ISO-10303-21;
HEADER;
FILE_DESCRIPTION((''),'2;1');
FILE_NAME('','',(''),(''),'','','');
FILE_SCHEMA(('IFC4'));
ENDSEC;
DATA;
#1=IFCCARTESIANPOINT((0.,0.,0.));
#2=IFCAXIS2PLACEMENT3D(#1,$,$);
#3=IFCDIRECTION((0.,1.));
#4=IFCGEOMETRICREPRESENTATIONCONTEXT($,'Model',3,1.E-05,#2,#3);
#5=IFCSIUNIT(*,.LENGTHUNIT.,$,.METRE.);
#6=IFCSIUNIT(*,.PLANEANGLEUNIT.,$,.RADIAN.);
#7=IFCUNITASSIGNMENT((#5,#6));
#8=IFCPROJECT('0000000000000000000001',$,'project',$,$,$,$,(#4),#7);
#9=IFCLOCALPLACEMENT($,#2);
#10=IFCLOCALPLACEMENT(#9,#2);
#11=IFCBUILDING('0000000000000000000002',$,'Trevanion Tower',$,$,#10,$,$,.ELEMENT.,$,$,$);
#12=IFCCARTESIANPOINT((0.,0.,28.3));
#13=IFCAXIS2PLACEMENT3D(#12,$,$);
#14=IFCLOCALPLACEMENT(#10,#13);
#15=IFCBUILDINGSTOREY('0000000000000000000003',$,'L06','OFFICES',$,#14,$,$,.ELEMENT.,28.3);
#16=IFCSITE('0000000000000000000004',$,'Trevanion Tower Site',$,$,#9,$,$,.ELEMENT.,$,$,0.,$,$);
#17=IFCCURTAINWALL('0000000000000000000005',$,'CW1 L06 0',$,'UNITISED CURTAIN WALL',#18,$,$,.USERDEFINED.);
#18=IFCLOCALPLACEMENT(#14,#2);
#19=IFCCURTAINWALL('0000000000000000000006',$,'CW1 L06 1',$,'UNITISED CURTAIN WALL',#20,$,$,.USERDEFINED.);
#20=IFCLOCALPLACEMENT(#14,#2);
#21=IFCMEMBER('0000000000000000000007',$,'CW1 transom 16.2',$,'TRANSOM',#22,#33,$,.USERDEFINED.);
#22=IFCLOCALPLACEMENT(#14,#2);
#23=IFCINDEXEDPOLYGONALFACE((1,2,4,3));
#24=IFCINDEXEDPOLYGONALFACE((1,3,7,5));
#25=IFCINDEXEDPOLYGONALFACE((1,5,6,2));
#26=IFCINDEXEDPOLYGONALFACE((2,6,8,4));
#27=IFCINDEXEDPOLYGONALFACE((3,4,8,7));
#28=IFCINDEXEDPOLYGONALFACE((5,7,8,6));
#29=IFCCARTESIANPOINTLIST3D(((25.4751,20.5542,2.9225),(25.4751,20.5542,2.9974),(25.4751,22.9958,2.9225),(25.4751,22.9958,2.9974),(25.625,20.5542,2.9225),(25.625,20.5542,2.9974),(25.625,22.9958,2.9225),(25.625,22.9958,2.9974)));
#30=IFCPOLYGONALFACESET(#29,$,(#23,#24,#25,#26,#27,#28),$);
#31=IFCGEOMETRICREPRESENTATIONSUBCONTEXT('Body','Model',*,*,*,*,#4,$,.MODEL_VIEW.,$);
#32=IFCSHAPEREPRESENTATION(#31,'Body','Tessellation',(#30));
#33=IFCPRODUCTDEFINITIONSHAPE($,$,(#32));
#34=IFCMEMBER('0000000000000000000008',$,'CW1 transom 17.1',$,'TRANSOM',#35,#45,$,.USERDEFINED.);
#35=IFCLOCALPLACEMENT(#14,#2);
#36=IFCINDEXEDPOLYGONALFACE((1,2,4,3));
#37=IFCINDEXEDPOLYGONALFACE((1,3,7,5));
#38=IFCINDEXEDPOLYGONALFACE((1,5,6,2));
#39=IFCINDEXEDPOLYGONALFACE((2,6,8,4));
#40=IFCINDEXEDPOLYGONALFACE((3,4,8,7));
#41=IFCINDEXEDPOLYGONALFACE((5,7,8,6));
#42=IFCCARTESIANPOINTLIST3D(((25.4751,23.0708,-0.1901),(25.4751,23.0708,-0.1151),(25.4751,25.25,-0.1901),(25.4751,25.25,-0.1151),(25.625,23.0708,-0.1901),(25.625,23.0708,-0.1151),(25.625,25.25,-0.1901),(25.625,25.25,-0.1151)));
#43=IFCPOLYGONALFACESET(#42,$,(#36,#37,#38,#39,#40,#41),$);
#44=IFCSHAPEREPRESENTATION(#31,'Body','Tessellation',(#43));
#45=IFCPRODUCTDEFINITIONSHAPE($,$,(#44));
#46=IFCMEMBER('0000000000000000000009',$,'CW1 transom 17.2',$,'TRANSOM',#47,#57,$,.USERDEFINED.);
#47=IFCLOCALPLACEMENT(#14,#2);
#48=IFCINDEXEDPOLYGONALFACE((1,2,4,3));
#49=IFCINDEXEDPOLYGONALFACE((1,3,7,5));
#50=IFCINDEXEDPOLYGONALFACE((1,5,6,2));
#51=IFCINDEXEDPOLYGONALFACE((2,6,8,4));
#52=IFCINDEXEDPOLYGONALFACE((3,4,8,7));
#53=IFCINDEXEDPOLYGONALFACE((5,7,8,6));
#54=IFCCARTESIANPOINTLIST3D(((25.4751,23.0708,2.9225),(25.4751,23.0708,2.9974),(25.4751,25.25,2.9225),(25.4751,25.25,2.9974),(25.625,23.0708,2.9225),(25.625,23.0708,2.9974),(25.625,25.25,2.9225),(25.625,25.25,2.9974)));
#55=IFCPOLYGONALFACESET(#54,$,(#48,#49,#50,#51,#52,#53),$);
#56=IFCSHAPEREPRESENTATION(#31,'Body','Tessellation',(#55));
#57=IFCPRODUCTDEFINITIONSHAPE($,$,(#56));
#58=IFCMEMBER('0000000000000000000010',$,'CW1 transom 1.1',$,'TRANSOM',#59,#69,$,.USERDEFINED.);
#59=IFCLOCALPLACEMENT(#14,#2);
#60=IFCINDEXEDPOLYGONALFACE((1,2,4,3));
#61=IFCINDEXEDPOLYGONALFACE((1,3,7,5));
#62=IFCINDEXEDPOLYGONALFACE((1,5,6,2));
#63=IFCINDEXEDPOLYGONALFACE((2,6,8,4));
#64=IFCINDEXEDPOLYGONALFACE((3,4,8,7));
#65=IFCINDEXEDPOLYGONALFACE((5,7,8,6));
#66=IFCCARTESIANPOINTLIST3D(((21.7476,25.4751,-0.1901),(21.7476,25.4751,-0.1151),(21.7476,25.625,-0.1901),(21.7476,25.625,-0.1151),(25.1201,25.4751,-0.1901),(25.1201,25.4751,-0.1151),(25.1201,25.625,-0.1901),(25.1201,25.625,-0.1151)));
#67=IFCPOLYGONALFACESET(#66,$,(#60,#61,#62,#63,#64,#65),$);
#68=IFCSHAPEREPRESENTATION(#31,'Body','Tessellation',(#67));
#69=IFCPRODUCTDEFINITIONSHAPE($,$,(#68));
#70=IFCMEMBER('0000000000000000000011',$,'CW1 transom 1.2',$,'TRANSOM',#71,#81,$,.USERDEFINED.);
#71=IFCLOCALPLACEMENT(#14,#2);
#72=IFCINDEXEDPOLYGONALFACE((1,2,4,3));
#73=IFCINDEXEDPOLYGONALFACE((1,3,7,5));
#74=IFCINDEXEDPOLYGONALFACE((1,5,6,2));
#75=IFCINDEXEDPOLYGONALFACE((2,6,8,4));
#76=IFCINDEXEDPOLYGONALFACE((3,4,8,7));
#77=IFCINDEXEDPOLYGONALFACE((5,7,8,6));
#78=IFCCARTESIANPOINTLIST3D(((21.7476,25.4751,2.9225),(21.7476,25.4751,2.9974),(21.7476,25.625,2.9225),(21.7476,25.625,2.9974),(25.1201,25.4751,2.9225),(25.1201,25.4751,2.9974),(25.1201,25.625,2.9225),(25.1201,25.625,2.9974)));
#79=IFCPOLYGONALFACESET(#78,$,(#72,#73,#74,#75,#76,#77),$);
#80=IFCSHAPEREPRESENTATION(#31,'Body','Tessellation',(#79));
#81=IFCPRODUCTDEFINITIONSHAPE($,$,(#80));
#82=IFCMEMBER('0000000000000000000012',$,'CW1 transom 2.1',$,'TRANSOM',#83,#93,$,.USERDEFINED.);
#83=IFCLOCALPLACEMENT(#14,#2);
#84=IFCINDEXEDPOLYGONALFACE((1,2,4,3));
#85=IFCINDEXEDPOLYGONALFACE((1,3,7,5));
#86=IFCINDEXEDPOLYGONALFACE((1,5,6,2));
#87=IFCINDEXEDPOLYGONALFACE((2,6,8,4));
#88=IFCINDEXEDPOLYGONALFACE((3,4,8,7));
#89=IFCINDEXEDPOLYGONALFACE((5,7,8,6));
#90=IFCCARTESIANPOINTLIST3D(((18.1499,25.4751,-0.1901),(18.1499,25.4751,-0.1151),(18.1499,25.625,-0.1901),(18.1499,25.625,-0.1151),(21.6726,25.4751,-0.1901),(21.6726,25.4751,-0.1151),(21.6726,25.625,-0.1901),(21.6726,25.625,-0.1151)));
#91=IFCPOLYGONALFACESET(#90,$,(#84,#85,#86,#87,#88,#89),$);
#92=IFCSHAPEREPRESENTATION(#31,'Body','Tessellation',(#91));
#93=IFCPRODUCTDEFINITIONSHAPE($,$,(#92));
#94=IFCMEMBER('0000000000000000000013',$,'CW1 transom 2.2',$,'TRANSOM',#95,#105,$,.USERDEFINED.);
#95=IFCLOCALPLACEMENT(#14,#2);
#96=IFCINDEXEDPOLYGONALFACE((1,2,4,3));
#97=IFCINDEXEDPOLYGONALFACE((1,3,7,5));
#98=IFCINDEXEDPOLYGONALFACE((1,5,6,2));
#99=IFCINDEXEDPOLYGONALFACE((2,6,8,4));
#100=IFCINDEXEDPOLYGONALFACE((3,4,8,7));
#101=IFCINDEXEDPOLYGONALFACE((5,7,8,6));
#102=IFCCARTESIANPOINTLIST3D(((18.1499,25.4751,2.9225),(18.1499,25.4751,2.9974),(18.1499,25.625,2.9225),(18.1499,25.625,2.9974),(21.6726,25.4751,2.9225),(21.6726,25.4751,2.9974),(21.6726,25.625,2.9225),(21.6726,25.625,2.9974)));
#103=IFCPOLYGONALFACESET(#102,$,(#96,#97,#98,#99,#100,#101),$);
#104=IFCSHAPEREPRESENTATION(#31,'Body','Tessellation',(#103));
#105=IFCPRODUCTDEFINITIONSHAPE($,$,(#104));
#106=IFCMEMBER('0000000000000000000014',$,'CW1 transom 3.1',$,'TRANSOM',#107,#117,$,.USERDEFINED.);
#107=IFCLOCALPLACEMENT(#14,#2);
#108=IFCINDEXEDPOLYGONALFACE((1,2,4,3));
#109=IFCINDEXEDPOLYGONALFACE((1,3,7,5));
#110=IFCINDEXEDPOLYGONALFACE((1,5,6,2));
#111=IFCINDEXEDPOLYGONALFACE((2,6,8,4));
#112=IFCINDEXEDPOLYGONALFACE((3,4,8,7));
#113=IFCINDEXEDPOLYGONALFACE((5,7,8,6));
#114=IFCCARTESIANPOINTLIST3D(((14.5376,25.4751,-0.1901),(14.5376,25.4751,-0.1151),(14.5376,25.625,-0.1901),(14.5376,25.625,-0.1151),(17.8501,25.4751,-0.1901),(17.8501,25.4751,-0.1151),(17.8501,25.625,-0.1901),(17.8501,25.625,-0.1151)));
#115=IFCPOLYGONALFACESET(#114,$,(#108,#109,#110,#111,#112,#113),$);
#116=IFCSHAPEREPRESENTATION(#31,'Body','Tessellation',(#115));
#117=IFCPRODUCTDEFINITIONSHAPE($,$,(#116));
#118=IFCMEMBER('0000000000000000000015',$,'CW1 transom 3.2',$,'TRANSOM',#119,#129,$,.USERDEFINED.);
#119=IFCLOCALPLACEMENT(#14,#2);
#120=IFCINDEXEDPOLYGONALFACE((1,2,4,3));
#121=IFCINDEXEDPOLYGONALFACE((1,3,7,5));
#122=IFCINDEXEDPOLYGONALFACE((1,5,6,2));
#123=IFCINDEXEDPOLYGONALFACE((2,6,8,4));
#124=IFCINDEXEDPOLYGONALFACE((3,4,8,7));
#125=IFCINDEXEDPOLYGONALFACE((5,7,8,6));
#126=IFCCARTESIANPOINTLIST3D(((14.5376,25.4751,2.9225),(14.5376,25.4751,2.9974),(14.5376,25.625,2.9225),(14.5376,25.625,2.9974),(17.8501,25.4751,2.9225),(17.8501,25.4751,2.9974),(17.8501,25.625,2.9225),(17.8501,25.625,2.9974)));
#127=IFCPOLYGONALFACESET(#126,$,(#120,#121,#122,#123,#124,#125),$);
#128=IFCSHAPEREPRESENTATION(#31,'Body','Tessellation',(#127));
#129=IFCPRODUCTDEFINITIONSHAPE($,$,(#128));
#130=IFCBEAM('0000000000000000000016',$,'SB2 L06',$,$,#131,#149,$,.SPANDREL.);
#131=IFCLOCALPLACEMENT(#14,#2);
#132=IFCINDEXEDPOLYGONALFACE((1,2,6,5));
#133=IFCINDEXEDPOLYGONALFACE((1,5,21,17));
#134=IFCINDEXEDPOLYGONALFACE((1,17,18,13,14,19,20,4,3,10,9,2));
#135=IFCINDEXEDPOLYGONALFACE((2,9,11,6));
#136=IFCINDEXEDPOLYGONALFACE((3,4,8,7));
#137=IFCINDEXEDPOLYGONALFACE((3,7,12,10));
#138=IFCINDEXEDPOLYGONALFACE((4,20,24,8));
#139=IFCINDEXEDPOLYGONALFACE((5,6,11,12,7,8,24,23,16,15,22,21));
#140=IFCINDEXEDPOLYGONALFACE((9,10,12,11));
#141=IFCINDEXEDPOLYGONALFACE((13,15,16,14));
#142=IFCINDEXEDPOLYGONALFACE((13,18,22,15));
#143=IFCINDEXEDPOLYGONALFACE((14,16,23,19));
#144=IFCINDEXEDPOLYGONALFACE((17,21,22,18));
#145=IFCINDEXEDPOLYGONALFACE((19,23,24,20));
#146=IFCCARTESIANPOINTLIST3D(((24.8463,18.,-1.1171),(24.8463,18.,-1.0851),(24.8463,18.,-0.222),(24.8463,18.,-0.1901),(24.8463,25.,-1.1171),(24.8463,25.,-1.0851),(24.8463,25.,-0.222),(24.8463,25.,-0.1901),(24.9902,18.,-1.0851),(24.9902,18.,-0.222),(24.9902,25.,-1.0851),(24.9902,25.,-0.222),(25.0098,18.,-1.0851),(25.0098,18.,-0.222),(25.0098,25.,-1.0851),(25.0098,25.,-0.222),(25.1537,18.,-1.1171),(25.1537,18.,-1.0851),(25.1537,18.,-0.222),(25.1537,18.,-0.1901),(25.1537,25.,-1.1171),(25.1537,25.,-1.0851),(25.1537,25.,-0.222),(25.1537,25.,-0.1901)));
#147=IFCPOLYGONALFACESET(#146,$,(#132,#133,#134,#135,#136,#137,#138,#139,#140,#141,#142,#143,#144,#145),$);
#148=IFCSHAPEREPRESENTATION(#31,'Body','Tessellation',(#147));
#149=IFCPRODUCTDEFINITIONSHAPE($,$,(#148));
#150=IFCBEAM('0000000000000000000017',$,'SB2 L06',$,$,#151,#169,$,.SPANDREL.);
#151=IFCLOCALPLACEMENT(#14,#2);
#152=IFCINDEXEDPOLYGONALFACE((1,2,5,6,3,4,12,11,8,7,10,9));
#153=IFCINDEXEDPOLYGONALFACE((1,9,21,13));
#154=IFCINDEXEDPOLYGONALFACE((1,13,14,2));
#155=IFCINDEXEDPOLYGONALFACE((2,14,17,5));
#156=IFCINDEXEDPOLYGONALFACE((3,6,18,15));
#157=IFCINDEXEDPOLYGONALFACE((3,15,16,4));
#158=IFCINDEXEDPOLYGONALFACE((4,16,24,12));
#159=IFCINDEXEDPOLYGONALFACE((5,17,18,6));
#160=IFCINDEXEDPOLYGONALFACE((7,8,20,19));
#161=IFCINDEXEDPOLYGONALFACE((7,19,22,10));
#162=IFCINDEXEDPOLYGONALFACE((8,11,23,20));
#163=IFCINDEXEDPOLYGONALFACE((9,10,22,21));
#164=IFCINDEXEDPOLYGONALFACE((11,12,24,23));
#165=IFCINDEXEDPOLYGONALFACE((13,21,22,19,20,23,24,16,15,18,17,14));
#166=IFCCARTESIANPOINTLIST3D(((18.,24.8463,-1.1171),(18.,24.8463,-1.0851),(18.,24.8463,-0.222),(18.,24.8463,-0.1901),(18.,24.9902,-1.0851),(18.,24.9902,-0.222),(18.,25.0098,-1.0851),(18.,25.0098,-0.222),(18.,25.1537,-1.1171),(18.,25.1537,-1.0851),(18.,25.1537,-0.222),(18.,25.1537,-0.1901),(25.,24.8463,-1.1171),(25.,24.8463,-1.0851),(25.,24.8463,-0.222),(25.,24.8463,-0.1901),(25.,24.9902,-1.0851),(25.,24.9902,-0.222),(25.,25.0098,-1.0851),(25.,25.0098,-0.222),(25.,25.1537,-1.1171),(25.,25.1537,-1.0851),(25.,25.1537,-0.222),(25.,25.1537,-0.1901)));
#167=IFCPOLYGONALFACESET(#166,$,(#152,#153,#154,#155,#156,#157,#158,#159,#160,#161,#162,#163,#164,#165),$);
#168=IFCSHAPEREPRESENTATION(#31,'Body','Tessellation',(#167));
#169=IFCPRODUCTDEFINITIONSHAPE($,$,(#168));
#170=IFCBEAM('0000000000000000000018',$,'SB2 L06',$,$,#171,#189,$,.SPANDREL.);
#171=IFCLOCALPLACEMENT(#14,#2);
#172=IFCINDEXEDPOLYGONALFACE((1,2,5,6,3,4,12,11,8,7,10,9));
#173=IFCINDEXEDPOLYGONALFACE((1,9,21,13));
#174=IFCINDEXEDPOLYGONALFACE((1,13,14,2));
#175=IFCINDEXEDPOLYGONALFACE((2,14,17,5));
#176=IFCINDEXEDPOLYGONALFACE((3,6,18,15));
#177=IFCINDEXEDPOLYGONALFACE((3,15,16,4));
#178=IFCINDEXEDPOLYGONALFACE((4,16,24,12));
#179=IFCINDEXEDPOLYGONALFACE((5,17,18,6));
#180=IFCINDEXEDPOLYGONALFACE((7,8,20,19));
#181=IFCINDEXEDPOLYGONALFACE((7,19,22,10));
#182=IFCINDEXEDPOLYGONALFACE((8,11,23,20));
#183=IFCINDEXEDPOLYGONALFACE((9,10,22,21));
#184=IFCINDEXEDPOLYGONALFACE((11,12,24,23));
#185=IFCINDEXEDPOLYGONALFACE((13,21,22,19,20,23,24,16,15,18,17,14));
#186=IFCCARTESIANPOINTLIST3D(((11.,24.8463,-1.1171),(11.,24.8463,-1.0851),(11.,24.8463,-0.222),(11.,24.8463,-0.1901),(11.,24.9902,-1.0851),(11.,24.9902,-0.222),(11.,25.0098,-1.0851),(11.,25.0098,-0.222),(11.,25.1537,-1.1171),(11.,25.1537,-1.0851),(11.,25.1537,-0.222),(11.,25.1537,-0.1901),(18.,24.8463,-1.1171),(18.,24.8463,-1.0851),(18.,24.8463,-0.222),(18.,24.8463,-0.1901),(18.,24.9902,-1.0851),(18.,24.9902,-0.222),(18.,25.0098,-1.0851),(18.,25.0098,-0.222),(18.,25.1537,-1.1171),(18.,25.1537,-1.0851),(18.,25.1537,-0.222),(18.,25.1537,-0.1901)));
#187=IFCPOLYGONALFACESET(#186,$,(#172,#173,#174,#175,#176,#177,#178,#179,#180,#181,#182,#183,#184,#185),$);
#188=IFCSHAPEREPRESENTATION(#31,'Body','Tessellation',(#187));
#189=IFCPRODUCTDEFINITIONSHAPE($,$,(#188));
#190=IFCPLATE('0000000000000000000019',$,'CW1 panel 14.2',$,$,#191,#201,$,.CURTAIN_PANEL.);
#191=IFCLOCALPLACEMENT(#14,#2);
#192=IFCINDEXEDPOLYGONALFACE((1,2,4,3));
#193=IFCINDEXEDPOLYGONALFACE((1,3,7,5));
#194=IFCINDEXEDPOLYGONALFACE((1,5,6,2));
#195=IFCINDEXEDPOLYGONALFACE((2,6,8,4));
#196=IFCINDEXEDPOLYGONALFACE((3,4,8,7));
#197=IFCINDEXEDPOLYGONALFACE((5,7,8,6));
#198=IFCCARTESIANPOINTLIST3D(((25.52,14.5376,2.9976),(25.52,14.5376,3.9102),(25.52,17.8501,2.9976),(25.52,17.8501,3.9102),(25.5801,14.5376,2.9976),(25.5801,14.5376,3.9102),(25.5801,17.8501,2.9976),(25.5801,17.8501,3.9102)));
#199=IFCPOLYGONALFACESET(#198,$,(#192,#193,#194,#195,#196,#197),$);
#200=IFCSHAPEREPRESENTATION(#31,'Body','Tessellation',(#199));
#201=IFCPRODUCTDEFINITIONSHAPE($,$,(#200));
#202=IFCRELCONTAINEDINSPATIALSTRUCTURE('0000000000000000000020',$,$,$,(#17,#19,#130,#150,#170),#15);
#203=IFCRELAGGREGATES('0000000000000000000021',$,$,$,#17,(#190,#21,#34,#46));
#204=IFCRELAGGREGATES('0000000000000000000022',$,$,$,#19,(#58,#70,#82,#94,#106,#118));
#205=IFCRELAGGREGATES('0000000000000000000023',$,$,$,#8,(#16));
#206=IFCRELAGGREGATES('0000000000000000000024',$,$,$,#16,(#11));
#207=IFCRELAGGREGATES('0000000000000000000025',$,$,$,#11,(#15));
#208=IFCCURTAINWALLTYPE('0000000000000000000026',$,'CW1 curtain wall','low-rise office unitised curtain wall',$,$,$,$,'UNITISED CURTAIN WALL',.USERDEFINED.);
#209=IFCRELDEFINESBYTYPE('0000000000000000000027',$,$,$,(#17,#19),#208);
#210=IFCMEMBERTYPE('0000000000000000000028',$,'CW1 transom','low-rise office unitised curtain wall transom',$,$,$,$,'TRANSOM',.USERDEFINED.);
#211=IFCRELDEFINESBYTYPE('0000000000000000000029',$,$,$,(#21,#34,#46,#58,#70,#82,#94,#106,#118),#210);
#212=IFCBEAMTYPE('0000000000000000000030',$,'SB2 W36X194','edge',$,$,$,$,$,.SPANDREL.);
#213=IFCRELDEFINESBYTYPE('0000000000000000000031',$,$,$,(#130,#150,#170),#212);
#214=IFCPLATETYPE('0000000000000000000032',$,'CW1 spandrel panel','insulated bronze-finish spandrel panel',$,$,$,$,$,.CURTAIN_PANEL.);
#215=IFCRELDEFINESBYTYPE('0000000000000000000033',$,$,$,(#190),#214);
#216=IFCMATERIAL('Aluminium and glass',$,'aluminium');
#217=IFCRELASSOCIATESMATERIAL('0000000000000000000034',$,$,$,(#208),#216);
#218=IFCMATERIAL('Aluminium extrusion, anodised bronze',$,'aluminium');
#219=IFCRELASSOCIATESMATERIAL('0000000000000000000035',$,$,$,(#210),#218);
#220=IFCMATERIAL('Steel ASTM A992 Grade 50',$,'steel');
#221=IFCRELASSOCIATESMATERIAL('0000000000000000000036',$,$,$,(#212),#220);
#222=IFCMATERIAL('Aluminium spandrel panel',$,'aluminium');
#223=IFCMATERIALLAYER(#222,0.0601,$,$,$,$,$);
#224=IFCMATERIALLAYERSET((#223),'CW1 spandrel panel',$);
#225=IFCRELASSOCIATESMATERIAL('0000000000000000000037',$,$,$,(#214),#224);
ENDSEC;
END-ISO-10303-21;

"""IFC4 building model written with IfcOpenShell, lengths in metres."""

from ifc_helpers import new_model, si_unit, direction, frame, origin, origin_2d, place, context, subcontext, project, spatial, rectangle, i_section, extrude, material, layer, layer_set, material_profile, profile_set, type_object, element, aggregate, save


model = new_model("IFC4")

# Units and contexts
model_context = context("Model", 3, precision=1e-05, world=origin(), true_north=direction((0.0, 1.0)))
body_context = subcontext(model_context, "Body", "Model", "MODEL_VIEW")
ifc_project = project(units=[si_unit("LENGTHUNIT", "METRE"), si_unit("PLANEANGLEUNIT", "RADIAN")], contexts=[model_context])

# Site, building, storey
site_placement = place(None, origin())
site = spatial("IfcSite", under=ifc_project, at=site_placement, Name="Trevanion Tower Site", CompositionType="ELEMENT", RefElevation=0.0)
building_placement = place(site_placement, origin())
building = spatial("IfcBuilding", under=site, at=building_placement, Name="Trevanion Tower", CompositionType="ELEMENT")
storey_placement = place(building_placement, frame((0.0, 0.0, 28.3)))
storey = spatial("IfcBuildingStorey", under=building, at=storey_placement, Name="L06", Description="OFFICES", CompositionType="ELEMENT", Elevation=28.3)

# Curtain wall
ifc_material_1 = material(Name="Aluminium and glass", Category="aluminium")
curtain_wall_type = type_object("IfcCurtainWallType", Name="CW1 curtain wall", Description="low-rise office unitised curtain wall", ElementType="UNITISED CURTAIN WALL", PredefinedType="USERDEFINED", material=ifc_material_1)
curtain_wall_1_placement = place(storey_placement, origin())
curtain_wall_1 = element("IfcCurtainWall", 1, at=curtain_wall_1_placement, inside=storey, type_object=curtain_wall_type, Name="CW1 L06 0", ObjectType="UNITISED CURTAIN WALL", PredefinedType="USERDEFINED")

# Curtain wall
curtain_wall_2_placement = place(storey_placement, origin())
curtain_wall_2 = element("IfcCurtainWall", 2, at=curtain_wall_2_placement, inside=storey, type_object=curtain_wall_type, Name="CW1 L06 1", ObjectType="UNITISED CURTAIN WALL", PredefinedType="USERDEFINED")

# Members
ifc_material_2 = material(Name="Aluminium extrusion, anodised bronze", Category="aluminium")
ifc_material_profile_1 = material_profile(ifc_material_2, rectangle(XDim=0.1499, YDim=0.075, at=origin_2d()), Name="CW1 transom")
ifc_profile_set_1 = profile_set([ifc_material_profile_1], Name="Aluminium extrusion, anodised bronze")
member_type_1 = type_object("IfcMemberType", Name="CW1 transom", Description="low-rise office unitised curtain wall transom", ElementType="TRANSOM", PredefinedType="USERDEFINED", material=ifc_profile_set_1)
member_1_placement = place(storey_placement, frame((25.55, 20.5542, 2.96), z_axis=(0.0, 1.0, 0.0), x_axis=(-1.0, 0.0, 0.0)))
member_1 = element("IfcMember", 3, at=member_1_placement, type_object=member_type_1, Name="CW1 transom 16.2", ObjectType="TRANSOM", PredefinedType="USERDEFINED", context=body_context, shape_type="SweptSolid", body=[
    extrude(rectangle(XDim=0.1499, YDim=0.075, at=origin_2d()), origin(), (0.0, 0.0, 1.0), 2.4417),
])
member_2_placement = place(storey_placement, frame((25.55, 23.0708, -0.1526), z_axis=(0.0, 1.0, 0.0), x_axis=(-1.0, 0.0, 0.0)))
member_2 = element("IfcMember", 4, at=member_2_placement, type_object=member_type_1, Name="CW1 transom 17.1", ObjectType="TRANSOM", PredefinedType="USERDEFINED", context=body_context, shape_type="SweptSolid", body=[
    extrude(rectangle(XDim=0.1499, YDim=0.075, at=origin_2d()), origin(), (0.0, 0.0, 1.0), 2.1792),
])
member_3_placement = place(storey_placement, frame((25.55, 23.0708, 2.96), z_axis=(0.0, 1.0, 0.0), x_axis=(-1.0, 0.0, 0.0)))
member_3 = element("IfcMember", 5, at=member_3_placement, type_object=member_type_1, Name="CW1 transom 17.2", ObjectType="TRANSOM", PredefinedType="USERDEFINED", context=body_context, shape_type="SweptSolid", body=[
    extrude(rectangle(XDim=0.1499, YDim=0.075, at=origin_2d()), origin(), (0.0, 0.0, 1.0), 2.1792),
])
member_4_placement = place(storey_placement, frame((25.1201, 25.55, -0.1526), z_axis=(-1.0, 0.0, 0.0), x_axis=(0.0, -1.0, 0.0)))
member_4 = element("IfcMember", 6, at=member_4_placement, type_object=member_type_1, Name="CW1 transom 1.1", ObjectType="TRANSOM", PredefinedType="USERDEFINED", context=body_context, shape_type="SweptSolid", body=[
    extrude(rectangle(XDim=0.1499, YDim=0.075, at=origin_2d()), origin(), (0.0, 0.0, 1.0), 3.3726),
])
member_5_placement = place(storey_placement, frame((25.1201, 25.55, 2.96), z_axis=(-1.0, 0.0, 0.0), x_axis=(0.0, -1.0, 0.0)))
member_5 = element("IfcMember", 7, at=member_5_placement, type_object=member_type_1, Name="CW1 transom 1.2", ObjectType="TRANSOM", PredefinedType="USERDEFINED", context=body_context, shape_type="SweptSolid", body=[
    extrude(rectangle(XDim=0.1499, YDim=0.075, at=origin_2d()), origin(), (0.0, 0.0, 1.0), 3.3726),
])
member_6_placement = place(storey_placement, frame((21.6726, 25.55, -0.1526), z_axis=(-1.0, 0.0, 0.0), x_axis=(0.0, -1.0, 0.0)))
member_6 = element("IfcMember", 8, at=member_6_placement, type_object=member_type_1, Name="CW1 transom 2.1", ObjectType="TRANSOM", PredefinedType="USERDEFINED", context=body_context, shape_type="SweptSolid", body=[
    extrude(rectangle(XDim=0.1499, YDim=0.075, at=origin_2d()), origin(), (0.0, 0.0, 1.0), 3.5227),
])
member_7_placement = place(storey_placement, frame((21.6726, 25.55, 2.96), z_axis=(-1.0, 0.0, 0.0), x_axis=(0.0, -1.0, 0.0)))
member_7 = element("IfcMember", 9, at=member_7_placement, type_object=member_type_1, Name="CW1 transom 2.2", ObjectType="TRANSOM", PredefinedType="USERDEFINED", context=body_context, shape_type="SweptSolid", body=[
    extrude(rectangle(XDim=0.1499, YDim=0.075, at=origin_2d()), origin(), (0.0, 0.0, 1.0), 3.5227),
])
member_8_placement = place(storey_placement, frame((17.8501, 25.55, -0.1526), z_axis=(-1.0, 0.0, 0.0), x_axis=(0.0, -1.0, 0.0)))
member_8 = element("IfcMember", 10, at=member_8_placement, type_object=member_type_1, Name="CW1 transom 3.1", ObjectType="TRANSOM", PredefinedType="USERDEFINED", context=body_context, shape_type="SweptSolid", body=[
    extrude(rectangle(XDim=0.1499, YDim=0.075, at=origin_2d()), origin(), (0.0, 0.0, 1.0), 3.3125),
])
member_9_placement = place(storey_placement, frame((17.8501, 25.55, 2.96), z_axis=(-1.0, 0.0, 0.0), x_axis=(0.0, -1.0, 0.0)))
member_9 = element("IfcMember", 11, at=member_9_placement, type_object=member_type_1, Name="CW1 transom 3.2", ObjectType="TRANSOM", PredefinedType="USERDEFINED", context=body_context, shape_type="SweptSolid", body=[
    extrude(rectangle(XDim=0.1499, YDim=0.075, at=origin_2d()), origin(), (0.0, 0.0, 1.0), 3.3125),
])

# Beams
ifc_material_3 = material(Name="Steel ASTM A992 Grade 50", Category="steel")
ifc_material_profile_2 = material_profile(ifc_material_3, i_section(OverallWidth=0.3074, OverallDepth=0.927, WebThickness=0.0195, FlangeThickness=0.032, at=origin_2d()), Name="W36X194")
ifc_profile_set_2 = profile_set([ifc_material_profile_2], Name="Steel ASTM A992 Grade 50")
beam_type = type_object("IfcBeamType", Name="SB2 W36X194", Description="edge", PredefinedType="SPANDREL", material=ifc_profile_set_2)
for number, where, z_axis, x_axis, name in (
    (12, (25.0, 18.0, -0.6536), (0.0, 1.0, 0.0), (-1.0, 0.0, 0.0), "SB2 L06"),
    (13, (25.0, 25.0, -0.6536), (-1.0, 0.0, 0.0), (0.0, -1.0, 0.0), "SB2 L06"),
    (14, (18.0, 25.0, -0.6536), (-1.0, 0.0, 0.0), (0.0, -1.0, 0.0), "SB2 L06"),
):
    element("IfcBeam", number, at=place(storey_placement, frame(where, z_axis=z_axis, x_axis=x_axis)), inside=storey, type_object=beam_type, Name=name, PredefinedType="SPANDREL", context=body_context, shape_type="SweptSolid", body=[
        extrude(i_section(OverallWidth=0.3074, OverallDepth=0.927, WebThickness=0.0195, FlangeThickness=0.032, at=origin_2d()), origin(), (0.0, 0.0, 1.0), 7.0),
    ])

# Plate
ifc_material_4 = material(Name="Aluminium spandrel panel", Category="aluminium")
ifc_layer_1 = layer(ifc_material_4, 0.0601)
ifc_layer_set_1 = layer_set([ifc_layer_1], Name="CW1 spandrel panel")
plate_type_1 = type_object("IfcPlateType", Name="CW1 spandrel panel", Description="insulated bronze-finish spandrel panel", PredefinedType="CURTAIN_PANEL", material=ifc_layer_set_1)
plate_1_placement = place(storey_placement, frame((25.55, 16.1938, 2.9976), z_axis=(0.0, 0.0, 1.0), x_axis=(0.0, 1.0, 0.0)))
plate_1 = element("IfcPlate", 15, at=plate_1_placement, type_object=plate_type_1, Name="CW1 panel 14.2", PredefinedType="CURTAIN_PANEL", context=body_context, shape_type="SweptSolid", body=[
    extrude(rectangle(XDim=3.3125, YDim=0.0601, at=origin_2d()), origin(), (0.0, 0.0, 1.0), 0.9126),
])
aggregate(curtain_wall_1, [plate_1, member_1, member_2, member_3])
aggregate(curtain_wall_2, [member_4, member_5, member_6, member_7, member_8, member_9])

save(model, "model.ifc")
